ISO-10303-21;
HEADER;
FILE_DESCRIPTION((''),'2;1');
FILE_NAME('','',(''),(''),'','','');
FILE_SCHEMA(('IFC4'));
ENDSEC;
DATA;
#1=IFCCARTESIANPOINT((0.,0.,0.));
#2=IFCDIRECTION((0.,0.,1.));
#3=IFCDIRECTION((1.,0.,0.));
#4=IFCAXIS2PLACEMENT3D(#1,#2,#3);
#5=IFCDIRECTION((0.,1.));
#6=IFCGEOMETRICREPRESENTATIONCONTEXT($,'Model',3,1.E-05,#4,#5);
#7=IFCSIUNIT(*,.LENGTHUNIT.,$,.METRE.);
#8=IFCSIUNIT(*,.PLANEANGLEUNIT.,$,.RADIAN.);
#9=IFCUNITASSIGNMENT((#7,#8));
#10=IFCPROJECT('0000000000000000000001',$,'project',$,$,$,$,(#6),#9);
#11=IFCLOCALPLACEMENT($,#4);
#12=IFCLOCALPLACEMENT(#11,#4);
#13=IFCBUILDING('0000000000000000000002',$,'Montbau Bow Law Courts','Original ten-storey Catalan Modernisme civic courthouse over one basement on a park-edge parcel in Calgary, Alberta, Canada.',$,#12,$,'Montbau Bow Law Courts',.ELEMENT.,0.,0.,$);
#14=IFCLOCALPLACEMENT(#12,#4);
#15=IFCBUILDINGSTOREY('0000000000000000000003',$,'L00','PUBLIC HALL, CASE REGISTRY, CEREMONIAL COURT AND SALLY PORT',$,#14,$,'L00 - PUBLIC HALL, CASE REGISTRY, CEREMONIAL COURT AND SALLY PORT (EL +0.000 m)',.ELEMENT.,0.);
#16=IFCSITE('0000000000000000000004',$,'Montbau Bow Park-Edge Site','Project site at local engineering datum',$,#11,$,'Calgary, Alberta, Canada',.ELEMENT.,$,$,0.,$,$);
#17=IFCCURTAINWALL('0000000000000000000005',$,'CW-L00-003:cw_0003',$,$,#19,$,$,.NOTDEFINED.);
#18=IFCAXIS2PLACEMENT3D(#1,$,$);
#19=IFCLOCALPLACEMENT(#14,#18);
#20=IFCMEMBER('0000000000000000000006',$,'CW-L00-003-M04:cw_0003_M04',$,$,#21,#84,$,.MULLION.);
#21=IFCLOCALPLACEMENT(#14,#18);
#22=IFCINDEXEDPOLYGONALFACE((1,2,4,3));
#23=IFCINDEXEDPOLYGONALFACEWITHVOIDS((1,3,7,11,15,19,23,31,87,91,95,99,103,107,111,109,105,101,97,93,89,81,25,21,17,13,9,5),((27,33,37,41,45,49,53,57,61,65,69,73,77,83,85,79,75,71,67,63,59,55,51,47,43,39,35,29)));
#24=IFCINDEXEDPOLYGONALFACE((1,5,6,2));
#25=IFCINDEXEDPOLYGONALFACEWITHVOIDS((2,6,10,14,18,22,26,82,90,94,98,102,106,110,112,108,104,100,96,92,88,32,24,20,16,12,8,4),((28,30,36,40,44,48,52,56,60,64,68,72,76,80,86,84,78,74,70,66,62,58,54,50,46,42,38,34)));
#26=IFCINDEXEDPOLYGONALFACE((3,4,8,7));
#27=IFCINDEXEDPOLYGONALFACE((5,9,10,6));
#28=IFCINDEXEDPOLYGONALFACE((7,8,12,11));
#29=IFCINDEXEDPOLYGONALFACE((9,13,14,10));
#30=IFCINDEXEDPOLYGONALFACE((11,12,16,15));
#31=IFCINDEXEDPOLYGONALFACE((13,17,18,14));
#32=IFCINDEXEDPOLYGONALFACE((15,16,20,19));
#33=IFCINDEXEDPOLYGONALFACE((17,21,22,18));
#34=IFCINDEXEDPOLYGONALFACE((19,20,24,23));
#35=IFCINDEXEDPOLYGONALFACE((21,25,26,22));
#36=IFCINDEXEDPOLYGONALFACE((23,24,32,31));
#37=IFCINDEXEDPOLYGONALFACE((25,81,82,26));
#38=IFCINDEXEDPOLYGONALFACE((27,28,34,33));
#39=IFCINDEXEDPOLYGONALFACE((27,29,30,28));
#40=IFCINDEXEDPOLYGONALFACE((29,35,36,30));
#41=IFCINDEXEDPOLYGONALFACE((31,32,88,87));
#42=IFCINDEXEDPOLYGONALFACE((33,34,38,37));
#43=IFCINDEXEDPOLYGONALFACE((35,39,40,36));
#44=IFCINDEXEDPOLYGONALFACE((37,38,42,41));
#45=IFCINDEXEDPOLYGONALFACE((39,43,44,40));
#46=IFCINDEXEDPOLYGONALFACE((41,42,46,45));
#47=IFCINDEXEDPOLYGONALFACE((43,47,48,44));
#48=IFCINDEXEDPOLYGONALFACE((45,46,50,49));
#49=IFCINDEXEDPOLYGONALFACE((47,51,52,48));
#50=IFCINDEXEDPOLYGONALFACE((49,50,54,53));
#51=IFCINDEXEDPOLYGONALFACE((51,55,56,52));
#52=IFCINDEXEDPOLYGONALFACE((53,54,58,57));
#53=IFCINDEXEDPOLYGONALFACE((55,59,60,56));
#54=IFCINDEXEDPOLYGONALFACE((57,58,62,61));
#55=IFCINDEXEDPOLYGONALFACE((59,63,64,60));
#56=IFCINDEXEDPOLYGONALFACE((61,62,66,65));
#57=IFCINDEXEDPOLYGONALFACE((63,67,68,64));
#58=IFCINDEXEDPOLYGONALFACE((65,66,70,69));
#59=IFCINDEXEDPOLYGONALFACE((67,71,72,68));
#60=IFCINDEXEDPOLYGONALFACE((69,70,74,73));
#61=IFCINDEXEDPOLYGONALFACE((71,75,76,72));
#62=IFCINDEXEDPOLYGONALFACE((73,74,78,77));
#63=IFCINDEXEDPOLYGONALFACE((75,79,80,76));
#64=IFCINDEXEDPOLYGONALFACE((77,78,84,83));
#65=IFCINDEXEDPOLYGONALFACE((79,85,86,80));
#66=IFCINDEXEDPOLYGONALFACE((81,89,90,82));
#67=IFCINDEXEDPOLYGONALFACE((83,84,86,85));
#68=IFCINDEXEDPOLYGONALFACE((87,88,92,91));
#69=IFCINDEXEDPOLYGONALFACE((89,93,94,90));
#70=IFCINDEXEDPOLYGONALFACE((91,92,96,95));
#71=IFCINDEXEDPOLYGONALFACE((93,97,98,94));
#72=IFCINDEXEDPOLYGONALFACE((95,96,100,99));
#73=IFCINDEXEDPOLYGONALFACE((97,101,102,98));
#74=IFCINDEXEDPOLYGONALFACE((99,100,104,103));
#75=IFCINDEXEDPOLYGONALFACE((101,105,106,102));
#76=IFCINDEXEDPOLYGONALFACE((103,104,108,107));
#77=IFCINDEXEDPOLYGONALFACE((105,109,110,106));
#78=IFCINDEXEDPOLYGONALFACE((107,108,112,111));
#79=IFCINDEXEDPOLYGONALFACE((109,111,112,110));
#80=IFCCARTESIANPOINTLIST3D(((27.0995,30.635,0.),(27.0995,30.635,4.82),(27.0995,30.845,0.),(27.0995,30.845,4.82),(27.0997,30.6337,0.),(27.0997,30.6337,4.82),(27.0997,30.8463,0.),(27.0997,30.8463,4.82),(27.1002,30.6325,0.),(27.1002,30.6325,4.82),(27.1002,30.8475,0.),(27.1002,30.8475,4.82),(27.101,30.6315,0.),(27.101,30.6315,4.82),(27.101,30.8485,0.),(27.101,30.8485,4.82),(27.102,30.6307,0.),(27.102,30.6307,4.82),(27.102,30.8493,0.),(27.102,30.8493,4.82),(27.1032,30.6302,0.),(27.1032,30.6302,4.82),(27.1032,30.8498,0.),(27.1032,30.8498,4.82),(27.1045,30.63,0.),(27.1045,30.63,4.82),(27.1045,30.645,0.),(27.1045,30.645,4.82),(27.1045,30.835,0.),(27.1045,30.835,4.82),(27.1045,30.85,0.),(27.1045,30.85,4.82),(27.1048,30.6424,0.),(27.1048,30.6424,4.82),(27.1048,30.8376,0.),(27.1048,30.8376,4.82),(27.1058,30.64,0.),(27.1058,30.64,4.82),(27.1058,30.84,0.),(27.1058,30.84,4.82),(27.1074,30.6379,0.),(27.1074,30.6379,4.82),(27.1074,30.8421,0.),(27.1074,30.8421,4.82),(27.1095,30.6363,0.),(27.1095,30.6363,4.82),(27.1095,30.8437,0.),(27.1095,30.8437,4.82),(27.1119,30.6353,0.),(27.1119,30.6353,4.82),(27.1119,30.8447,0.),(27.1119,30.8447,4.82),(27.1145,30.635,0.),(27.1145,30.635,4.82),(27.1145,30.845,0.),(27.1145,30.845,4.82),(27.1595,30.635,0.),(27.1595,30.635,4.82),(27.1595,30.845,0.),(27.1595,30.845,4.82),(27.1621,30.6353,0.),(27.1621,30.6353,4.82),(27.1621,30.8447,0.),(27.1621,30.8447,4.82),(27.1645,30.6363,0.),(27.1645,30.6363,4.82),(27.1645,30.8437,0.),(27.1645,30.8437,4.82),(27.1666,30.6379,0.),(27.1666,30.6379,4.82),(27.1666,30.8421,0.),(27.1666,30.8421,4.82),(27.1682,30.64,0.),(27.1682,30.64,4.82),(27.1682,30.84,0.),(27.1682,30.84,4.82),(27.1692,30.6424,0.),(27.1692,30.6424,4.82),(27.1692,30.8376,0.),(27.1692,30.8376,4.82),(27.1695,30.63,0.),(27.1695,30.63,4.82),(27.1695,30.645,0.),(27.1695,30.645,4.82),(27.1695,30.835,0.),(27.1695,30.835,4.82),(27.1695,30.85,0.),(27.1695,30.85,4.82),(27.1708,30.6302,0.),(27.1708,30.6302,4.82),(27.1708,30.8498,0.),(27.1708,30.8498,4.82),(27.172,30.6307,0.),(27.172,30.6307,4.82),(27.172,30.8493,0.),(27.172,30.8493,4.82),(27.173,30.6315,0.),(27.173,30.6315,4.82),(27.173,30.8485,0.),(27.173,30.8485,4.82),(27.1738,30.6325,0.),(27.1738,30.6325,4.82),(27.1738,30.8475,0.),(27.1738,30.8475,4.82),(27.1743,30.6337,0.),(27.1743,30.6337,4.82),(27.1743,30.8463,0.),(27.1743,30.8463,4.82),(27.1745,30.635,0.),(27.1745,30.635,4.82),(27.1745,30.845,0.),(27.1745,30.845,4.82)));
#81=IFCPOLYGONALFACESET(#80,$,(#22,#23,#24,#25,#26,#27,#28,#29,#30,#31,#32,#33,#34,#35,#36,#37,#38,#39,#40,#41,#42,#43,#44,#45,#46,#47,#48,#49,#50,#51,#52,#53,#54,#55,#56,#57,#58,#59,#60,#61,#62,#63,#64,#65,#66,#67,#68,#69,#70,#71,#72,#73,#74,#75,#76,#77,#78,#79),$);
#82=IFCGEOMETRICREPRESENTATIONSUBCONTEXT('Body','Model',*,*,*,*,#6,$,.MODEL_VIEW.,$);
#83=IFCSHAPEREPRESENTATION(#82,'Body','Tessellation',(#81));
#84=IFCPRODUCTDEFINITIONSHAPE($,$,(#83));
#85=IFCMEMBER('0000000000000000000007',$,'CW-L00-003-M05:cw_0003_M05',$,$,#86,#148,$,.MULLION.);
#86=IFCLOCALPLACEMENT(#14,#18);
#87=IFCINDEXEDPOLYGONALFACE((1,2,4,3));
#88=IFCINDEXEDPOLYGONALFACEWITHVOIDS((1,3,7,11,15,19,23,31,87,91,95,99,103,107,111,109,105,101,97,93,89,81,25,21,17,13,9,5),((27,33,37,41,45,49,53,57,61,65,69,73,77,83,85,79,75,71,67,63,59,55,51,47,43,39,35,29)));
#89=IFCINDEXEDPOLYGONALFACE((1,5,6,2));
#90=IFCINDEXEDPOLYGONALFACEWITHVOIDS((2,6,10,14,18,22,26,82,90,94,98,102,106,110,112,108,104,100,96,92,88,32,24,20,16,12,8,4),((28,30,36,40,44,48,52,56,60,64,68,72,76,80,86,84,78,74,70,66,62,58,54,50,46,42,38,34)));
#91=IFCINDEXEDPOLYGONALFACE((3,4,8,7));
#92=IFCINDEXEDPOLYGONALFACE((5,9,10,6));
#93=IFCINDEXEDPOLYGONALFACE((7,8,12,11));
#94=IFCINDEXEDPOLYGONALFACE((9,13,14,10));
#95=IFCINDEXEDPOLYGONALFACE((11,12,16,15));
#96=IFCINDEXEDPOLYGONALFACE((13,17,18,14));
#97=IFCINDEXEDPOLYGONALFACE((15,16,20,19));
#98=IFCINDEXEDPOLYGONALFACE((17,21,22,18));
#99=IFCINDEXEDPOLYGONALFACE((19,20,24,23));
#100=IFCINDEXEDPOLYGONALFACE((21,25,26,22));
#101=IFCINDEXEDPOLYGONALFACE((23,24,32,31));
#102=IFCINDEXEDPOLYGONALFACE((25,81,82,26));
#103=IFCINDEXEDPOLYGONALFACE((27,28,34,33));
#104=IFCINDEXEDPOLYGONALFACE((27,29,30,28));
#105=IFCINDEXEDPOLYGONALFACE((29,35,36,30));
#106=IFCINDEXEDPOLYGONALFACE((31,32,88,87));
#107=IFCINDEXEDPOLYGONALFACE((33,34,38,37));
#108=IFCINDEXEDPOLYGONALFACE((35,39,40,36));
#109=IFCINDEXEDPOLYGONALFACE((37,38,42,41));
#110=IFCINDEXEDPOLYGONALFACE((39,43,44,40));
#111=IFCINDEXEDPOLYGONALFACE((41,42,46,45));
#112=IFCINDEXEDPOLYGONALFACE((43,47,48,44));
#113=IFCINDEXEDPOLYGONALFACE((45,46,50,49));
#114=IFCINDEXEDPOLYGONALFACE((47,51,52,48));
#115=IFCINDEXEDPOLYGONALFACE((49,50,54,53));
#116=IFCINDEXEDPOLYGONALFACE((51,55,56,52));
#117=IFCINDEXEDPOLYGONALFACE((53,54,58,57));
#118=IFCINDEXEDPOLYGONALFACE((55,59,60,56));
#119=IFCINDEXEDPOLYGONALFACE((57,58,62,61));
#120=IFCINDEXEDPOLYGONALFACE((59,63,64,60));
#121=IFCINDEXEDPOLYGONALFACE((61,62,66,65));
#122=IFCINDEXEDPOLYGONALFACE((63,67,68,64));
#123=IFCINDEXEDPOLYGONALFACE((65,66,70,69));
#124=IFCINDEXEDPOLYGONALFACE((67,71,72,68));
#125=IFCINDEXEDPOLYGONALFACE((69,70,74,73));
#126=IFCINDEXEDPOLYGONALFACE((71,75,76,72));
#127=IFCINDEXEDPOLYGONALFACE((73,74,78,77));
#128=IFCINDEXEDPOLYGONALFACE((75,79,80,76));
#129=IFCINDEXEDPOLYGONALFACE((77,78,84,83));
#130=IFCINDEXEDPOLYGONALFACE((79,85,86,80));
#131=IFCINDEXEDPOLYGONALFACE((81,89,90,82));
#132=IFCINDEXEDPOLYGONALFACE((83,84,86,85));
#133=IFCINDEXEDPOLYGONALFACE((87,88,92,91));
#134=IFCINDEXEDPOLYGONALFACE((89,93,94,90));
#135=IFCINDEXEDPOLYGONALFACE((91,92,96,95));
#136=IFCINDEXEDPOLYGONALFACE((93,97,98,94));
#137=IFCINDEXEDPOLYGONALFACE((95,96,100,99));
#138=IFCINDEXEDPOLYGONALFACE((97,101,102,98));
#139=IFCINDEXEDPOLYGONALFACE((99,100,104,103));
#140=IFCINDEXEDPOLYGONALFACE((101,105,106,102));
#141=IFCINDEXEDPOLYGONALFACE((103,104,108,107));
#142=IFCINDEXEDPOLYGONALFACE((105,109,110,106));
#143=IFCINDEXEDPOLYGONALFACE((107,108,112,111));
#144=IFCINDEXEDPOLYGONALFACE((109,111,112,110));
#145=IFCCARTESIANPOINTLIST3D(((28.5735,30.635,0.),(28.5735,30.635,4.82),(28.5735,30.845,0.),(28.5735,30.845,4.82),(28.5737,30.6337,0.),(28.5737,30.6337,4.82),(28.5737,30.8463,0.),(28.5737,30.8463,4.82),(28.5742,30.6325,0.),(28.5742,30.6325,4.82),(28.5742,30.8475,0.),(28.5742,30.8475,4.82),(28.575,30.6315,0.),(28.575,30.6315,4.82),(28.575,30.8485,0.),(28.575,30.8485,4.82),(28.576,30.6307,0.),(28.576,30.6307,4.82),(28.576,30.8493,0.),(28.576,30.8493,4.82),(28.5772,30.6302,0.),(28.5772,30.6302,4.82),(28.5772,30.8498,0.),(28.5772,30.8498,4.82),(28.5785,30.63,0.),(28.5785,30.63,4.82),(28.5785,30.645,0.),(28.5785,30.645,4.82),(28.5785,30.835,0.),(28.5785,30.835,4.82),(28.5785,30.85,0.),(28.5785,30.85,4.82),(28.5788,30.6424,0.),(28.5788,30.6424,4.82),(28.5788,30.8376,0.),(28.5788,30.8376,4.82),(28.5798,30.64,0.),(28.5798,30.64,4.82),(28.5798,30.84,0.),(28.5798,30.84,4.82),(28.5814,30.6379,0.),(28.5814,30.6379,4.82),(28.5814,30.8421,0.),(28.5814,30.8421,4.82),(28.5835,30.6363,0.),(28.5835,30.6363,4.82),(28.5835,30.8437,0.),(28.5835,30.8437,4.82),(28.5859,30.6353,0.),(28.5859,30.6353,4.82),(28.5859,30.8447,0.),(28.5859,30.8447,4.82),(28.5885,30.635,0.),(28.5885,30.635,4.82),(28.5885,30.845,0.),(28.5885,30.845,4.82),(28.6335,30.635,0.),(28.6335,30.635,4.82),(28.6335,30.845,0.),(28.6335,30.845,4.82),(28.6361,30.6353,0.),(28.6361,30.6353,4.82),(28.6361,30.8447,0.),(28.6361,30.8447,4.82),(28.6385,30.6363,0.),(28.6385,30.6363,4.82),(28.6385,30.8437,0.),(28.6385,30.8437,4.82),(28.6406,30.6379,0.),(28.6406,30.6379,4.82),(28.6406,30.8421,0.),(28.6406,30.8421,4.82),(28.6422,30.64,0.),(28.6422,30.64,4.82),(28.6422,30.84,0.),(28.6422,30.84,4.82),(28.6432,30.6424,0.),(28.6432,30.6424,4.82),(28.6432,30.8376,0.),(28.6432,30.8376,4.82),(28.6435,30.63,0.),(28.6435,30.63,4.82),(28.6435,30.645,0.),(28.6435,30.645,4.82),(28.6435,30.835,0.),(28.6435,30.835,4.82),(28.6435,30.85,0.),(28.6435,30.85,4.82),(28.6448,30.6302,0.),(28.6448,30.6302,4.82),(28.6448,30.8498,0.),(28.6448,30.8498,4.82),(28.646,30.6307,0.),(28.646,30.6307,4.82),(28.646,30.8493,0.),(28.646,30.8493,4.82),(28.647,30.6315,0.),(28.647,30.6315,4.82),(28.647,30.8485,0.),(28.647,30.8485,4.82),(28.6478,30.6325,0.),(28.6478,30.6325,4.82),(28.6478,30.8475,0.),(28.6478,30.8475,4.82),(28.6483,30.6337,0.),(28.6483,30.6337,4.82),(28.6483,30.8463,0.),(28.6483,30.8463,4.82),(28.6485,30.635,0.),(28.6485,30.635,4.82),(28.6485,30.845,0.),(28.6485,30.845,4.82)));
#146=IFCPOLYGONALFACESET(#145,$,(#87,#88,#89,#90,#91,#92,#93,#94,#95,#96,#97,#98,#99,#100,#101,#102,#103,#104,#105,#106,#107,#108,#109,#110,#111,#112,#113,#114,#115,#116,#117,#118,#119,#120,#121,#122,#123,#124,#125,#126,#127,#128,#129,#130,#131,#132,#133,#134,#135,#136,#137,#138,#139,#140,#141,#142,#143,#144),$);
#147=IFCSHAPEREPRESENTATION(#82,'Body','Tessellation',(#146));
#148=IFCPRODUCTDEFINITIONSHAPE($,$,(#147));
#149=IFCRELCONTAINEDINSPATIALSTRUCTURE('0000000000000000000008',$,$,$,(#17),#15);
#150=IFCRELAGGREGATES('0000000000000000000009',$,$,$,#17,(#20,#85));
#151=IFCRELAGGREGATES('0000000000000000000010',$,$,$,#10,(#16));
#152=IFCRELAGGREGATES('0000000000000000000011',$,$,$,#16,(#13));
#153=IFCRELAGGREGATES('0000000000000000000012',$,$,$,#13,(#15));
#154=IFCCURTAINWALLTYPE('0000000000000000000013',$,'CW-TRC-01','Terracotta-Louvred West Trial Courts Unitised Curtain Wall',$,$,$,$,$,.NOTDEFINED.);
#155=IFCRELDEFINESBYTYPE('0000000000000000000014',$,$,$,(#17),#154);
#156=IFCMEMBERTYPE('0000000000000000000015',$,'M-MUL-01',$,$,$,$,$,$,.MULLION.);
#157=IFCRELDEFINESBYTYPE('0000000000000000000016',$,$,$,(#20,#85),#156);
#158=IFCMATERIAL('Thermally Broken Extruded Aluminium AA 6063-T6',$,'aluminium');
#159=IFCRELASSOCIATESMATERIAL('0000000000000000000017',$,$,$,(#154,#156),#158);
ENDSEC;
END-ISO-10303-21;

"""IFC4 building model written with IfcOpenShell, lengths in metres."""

from ifc_helpers import new_model, si_unit, direction, frame, origin_with_axes, origin_2d_with_axis, place, context, subcontext, project, spatial, hollow_rectangle, extrude, material, material_profile, profile_set, type_object, element, aggregate, save


model = new_model("IFC4")

# Units and contexts
model_context = context("Model", 3, precision=1e-05, world=origin_with_axes(), true_north=direction((0.0, 1.0)))
body_context = subcontext(model_context, "Body", "Model", "MODEL_VIEW")
ifc_project = project(units=[si_unit("LENGTHUNIT", "METRE"), si_unit("PLANEANGLEUNIT", "RADIAN")], contexts=[model_context])

# Site, building, storey
site_placement = place(None, origin_with_axes())
site = spatial("IfcSite", under=ifc_project, at=site_placement, Name="Montbau Bow Park-Edge Site", Description="Project site at local engineering datum", LongName="Calgary, Alberta, Canada", CompositionType="ELEMENT", RefElevation=0.0)
building_placement = place(site_placement, origin_with_axes())
building = spatial("IfcBuilding", under=site, at=building_placement, Name="Montbau Bow Law Courts", Description="Original ten-storey Catalan Modernisme civic courthouse over one basement on a park-edge parcel in Calgary, Alberta, Canada.", LongName="Montbau Bow Law Courts", CompositionType="ELEMENT", ElevationOfRefHeight=0.0, ElevationOfTerrain=0.0)
storey_placement = place(building_placement, origin_with_axes())
storey = spatial("IfcBuildingStorey", under=building, at=storey_placement, Name="L00", Description="PUBLIC HALL, CASE REGISTRY, CEREMONIAL COURT AND SALLY PORT", LongName="L00 - PUBLIC HALL, CASE REGISTRY, CEREMONIAL COURT AND SALLY PORT (EL +0.000 m)", CompositionType="ELEMENT", Elevation=0.0)

# Curtain wall, members
ifc_material_1 = material(Name="Thermally Broken Extruded Aluminium AA 6063-T6", Category="aluminium")
curtain_wall_type = type_object("IfcCurtainWallType", Name="CW-TRC-01", Description="Terracotta-Louvred West Trial Courts Unitised Curtain Wall", PredefinedType="NOTDEFINED", material=ifc_material_1)
curtain_wall_1_placement = place(None, frame((22.715, 30.74, 0.0), z_axis=(0.0, 0.0, 1.0), x_axis=(1.0, 0.0, 0.0)))
curtain_wall_1 = element("IfcCurtainWall", 1, at=curtain_wall_1_placement, inside=storey, type_object=curtain_wall_type, Name="CW-L00-003:cw_0003", PredefinedType="NOTDEFINED")
ifc_material_profile_1 = material_profile(ifc_material_1, hollow_rectangle(XDim=0.075, YDim=0.22, WallThickness=0.005, InnerFilletRadius=0.01, OuterFilletRadius=0.005, at=origin_2d_with_axis()), Name="CWM-220X75", Category="Main", Priority=0)
ifc_profile_set_1 = profile_set([ifc_material_profile_1], Name="Thermally Broken Extruded Aluminium AA 6063-T6")
member_type_1 = type_object("IfcMemberType", Name="M-MUL-01", PredefinedType="MULLION", material=ifc_profile_set_1)
member_1_placement = place(None, frame((27.137, 30.74, 0.0), z_axis=(0.0, 0.0, 1.0), x_axis=(1.0, 0.0, 0.0)))
member_1 = element("IfcMember", 2, at=member_1_placement, type_object=member_type_1, Name="CW-L00-003-M04:cw_0003_M04", PredefinedType="MULLION", context=body_context, shape_type="SweptSolid", body=[
    extrude(hollow_rectangle(XDim=0.075, YDim=0.22, WallThickness=0.005, InnerFilletRadius=0.01, OuterFilletRadius=0.005, at=origin_2d_with_axis()), origin_with_axes(), (0.0, 0.0, 1.0), 4.82),
])
member_2_placement = place(None, frame((28.611, 30.74, 0.0), z_axis=(0.0, 0.0, 1.0), x_axis=(1.0, 0.0, 0.0)))
member_2 = element("IfcMember", 3, at=member_2_placement, type_object=member_type_1, Name="CW-L00-003-M05:cw_0003_M05", PredefinedType="MULLION", context=body_context, shape_type="SweptSolid", body=[
    extrude(hollow_rectangle(XDim=0.075, YDim=0.22, WallThickness=0.005, InnerFilletRadius=0.01, OuterFilletRadius=0.005, at=origin_2d_with_axis()), origin_with_axes(), (0.0, 0.0, 1.0), 4.82),
])

aggregate(curtain_wall_1, [member_1, member_2])

save(model, "model.ifc")
